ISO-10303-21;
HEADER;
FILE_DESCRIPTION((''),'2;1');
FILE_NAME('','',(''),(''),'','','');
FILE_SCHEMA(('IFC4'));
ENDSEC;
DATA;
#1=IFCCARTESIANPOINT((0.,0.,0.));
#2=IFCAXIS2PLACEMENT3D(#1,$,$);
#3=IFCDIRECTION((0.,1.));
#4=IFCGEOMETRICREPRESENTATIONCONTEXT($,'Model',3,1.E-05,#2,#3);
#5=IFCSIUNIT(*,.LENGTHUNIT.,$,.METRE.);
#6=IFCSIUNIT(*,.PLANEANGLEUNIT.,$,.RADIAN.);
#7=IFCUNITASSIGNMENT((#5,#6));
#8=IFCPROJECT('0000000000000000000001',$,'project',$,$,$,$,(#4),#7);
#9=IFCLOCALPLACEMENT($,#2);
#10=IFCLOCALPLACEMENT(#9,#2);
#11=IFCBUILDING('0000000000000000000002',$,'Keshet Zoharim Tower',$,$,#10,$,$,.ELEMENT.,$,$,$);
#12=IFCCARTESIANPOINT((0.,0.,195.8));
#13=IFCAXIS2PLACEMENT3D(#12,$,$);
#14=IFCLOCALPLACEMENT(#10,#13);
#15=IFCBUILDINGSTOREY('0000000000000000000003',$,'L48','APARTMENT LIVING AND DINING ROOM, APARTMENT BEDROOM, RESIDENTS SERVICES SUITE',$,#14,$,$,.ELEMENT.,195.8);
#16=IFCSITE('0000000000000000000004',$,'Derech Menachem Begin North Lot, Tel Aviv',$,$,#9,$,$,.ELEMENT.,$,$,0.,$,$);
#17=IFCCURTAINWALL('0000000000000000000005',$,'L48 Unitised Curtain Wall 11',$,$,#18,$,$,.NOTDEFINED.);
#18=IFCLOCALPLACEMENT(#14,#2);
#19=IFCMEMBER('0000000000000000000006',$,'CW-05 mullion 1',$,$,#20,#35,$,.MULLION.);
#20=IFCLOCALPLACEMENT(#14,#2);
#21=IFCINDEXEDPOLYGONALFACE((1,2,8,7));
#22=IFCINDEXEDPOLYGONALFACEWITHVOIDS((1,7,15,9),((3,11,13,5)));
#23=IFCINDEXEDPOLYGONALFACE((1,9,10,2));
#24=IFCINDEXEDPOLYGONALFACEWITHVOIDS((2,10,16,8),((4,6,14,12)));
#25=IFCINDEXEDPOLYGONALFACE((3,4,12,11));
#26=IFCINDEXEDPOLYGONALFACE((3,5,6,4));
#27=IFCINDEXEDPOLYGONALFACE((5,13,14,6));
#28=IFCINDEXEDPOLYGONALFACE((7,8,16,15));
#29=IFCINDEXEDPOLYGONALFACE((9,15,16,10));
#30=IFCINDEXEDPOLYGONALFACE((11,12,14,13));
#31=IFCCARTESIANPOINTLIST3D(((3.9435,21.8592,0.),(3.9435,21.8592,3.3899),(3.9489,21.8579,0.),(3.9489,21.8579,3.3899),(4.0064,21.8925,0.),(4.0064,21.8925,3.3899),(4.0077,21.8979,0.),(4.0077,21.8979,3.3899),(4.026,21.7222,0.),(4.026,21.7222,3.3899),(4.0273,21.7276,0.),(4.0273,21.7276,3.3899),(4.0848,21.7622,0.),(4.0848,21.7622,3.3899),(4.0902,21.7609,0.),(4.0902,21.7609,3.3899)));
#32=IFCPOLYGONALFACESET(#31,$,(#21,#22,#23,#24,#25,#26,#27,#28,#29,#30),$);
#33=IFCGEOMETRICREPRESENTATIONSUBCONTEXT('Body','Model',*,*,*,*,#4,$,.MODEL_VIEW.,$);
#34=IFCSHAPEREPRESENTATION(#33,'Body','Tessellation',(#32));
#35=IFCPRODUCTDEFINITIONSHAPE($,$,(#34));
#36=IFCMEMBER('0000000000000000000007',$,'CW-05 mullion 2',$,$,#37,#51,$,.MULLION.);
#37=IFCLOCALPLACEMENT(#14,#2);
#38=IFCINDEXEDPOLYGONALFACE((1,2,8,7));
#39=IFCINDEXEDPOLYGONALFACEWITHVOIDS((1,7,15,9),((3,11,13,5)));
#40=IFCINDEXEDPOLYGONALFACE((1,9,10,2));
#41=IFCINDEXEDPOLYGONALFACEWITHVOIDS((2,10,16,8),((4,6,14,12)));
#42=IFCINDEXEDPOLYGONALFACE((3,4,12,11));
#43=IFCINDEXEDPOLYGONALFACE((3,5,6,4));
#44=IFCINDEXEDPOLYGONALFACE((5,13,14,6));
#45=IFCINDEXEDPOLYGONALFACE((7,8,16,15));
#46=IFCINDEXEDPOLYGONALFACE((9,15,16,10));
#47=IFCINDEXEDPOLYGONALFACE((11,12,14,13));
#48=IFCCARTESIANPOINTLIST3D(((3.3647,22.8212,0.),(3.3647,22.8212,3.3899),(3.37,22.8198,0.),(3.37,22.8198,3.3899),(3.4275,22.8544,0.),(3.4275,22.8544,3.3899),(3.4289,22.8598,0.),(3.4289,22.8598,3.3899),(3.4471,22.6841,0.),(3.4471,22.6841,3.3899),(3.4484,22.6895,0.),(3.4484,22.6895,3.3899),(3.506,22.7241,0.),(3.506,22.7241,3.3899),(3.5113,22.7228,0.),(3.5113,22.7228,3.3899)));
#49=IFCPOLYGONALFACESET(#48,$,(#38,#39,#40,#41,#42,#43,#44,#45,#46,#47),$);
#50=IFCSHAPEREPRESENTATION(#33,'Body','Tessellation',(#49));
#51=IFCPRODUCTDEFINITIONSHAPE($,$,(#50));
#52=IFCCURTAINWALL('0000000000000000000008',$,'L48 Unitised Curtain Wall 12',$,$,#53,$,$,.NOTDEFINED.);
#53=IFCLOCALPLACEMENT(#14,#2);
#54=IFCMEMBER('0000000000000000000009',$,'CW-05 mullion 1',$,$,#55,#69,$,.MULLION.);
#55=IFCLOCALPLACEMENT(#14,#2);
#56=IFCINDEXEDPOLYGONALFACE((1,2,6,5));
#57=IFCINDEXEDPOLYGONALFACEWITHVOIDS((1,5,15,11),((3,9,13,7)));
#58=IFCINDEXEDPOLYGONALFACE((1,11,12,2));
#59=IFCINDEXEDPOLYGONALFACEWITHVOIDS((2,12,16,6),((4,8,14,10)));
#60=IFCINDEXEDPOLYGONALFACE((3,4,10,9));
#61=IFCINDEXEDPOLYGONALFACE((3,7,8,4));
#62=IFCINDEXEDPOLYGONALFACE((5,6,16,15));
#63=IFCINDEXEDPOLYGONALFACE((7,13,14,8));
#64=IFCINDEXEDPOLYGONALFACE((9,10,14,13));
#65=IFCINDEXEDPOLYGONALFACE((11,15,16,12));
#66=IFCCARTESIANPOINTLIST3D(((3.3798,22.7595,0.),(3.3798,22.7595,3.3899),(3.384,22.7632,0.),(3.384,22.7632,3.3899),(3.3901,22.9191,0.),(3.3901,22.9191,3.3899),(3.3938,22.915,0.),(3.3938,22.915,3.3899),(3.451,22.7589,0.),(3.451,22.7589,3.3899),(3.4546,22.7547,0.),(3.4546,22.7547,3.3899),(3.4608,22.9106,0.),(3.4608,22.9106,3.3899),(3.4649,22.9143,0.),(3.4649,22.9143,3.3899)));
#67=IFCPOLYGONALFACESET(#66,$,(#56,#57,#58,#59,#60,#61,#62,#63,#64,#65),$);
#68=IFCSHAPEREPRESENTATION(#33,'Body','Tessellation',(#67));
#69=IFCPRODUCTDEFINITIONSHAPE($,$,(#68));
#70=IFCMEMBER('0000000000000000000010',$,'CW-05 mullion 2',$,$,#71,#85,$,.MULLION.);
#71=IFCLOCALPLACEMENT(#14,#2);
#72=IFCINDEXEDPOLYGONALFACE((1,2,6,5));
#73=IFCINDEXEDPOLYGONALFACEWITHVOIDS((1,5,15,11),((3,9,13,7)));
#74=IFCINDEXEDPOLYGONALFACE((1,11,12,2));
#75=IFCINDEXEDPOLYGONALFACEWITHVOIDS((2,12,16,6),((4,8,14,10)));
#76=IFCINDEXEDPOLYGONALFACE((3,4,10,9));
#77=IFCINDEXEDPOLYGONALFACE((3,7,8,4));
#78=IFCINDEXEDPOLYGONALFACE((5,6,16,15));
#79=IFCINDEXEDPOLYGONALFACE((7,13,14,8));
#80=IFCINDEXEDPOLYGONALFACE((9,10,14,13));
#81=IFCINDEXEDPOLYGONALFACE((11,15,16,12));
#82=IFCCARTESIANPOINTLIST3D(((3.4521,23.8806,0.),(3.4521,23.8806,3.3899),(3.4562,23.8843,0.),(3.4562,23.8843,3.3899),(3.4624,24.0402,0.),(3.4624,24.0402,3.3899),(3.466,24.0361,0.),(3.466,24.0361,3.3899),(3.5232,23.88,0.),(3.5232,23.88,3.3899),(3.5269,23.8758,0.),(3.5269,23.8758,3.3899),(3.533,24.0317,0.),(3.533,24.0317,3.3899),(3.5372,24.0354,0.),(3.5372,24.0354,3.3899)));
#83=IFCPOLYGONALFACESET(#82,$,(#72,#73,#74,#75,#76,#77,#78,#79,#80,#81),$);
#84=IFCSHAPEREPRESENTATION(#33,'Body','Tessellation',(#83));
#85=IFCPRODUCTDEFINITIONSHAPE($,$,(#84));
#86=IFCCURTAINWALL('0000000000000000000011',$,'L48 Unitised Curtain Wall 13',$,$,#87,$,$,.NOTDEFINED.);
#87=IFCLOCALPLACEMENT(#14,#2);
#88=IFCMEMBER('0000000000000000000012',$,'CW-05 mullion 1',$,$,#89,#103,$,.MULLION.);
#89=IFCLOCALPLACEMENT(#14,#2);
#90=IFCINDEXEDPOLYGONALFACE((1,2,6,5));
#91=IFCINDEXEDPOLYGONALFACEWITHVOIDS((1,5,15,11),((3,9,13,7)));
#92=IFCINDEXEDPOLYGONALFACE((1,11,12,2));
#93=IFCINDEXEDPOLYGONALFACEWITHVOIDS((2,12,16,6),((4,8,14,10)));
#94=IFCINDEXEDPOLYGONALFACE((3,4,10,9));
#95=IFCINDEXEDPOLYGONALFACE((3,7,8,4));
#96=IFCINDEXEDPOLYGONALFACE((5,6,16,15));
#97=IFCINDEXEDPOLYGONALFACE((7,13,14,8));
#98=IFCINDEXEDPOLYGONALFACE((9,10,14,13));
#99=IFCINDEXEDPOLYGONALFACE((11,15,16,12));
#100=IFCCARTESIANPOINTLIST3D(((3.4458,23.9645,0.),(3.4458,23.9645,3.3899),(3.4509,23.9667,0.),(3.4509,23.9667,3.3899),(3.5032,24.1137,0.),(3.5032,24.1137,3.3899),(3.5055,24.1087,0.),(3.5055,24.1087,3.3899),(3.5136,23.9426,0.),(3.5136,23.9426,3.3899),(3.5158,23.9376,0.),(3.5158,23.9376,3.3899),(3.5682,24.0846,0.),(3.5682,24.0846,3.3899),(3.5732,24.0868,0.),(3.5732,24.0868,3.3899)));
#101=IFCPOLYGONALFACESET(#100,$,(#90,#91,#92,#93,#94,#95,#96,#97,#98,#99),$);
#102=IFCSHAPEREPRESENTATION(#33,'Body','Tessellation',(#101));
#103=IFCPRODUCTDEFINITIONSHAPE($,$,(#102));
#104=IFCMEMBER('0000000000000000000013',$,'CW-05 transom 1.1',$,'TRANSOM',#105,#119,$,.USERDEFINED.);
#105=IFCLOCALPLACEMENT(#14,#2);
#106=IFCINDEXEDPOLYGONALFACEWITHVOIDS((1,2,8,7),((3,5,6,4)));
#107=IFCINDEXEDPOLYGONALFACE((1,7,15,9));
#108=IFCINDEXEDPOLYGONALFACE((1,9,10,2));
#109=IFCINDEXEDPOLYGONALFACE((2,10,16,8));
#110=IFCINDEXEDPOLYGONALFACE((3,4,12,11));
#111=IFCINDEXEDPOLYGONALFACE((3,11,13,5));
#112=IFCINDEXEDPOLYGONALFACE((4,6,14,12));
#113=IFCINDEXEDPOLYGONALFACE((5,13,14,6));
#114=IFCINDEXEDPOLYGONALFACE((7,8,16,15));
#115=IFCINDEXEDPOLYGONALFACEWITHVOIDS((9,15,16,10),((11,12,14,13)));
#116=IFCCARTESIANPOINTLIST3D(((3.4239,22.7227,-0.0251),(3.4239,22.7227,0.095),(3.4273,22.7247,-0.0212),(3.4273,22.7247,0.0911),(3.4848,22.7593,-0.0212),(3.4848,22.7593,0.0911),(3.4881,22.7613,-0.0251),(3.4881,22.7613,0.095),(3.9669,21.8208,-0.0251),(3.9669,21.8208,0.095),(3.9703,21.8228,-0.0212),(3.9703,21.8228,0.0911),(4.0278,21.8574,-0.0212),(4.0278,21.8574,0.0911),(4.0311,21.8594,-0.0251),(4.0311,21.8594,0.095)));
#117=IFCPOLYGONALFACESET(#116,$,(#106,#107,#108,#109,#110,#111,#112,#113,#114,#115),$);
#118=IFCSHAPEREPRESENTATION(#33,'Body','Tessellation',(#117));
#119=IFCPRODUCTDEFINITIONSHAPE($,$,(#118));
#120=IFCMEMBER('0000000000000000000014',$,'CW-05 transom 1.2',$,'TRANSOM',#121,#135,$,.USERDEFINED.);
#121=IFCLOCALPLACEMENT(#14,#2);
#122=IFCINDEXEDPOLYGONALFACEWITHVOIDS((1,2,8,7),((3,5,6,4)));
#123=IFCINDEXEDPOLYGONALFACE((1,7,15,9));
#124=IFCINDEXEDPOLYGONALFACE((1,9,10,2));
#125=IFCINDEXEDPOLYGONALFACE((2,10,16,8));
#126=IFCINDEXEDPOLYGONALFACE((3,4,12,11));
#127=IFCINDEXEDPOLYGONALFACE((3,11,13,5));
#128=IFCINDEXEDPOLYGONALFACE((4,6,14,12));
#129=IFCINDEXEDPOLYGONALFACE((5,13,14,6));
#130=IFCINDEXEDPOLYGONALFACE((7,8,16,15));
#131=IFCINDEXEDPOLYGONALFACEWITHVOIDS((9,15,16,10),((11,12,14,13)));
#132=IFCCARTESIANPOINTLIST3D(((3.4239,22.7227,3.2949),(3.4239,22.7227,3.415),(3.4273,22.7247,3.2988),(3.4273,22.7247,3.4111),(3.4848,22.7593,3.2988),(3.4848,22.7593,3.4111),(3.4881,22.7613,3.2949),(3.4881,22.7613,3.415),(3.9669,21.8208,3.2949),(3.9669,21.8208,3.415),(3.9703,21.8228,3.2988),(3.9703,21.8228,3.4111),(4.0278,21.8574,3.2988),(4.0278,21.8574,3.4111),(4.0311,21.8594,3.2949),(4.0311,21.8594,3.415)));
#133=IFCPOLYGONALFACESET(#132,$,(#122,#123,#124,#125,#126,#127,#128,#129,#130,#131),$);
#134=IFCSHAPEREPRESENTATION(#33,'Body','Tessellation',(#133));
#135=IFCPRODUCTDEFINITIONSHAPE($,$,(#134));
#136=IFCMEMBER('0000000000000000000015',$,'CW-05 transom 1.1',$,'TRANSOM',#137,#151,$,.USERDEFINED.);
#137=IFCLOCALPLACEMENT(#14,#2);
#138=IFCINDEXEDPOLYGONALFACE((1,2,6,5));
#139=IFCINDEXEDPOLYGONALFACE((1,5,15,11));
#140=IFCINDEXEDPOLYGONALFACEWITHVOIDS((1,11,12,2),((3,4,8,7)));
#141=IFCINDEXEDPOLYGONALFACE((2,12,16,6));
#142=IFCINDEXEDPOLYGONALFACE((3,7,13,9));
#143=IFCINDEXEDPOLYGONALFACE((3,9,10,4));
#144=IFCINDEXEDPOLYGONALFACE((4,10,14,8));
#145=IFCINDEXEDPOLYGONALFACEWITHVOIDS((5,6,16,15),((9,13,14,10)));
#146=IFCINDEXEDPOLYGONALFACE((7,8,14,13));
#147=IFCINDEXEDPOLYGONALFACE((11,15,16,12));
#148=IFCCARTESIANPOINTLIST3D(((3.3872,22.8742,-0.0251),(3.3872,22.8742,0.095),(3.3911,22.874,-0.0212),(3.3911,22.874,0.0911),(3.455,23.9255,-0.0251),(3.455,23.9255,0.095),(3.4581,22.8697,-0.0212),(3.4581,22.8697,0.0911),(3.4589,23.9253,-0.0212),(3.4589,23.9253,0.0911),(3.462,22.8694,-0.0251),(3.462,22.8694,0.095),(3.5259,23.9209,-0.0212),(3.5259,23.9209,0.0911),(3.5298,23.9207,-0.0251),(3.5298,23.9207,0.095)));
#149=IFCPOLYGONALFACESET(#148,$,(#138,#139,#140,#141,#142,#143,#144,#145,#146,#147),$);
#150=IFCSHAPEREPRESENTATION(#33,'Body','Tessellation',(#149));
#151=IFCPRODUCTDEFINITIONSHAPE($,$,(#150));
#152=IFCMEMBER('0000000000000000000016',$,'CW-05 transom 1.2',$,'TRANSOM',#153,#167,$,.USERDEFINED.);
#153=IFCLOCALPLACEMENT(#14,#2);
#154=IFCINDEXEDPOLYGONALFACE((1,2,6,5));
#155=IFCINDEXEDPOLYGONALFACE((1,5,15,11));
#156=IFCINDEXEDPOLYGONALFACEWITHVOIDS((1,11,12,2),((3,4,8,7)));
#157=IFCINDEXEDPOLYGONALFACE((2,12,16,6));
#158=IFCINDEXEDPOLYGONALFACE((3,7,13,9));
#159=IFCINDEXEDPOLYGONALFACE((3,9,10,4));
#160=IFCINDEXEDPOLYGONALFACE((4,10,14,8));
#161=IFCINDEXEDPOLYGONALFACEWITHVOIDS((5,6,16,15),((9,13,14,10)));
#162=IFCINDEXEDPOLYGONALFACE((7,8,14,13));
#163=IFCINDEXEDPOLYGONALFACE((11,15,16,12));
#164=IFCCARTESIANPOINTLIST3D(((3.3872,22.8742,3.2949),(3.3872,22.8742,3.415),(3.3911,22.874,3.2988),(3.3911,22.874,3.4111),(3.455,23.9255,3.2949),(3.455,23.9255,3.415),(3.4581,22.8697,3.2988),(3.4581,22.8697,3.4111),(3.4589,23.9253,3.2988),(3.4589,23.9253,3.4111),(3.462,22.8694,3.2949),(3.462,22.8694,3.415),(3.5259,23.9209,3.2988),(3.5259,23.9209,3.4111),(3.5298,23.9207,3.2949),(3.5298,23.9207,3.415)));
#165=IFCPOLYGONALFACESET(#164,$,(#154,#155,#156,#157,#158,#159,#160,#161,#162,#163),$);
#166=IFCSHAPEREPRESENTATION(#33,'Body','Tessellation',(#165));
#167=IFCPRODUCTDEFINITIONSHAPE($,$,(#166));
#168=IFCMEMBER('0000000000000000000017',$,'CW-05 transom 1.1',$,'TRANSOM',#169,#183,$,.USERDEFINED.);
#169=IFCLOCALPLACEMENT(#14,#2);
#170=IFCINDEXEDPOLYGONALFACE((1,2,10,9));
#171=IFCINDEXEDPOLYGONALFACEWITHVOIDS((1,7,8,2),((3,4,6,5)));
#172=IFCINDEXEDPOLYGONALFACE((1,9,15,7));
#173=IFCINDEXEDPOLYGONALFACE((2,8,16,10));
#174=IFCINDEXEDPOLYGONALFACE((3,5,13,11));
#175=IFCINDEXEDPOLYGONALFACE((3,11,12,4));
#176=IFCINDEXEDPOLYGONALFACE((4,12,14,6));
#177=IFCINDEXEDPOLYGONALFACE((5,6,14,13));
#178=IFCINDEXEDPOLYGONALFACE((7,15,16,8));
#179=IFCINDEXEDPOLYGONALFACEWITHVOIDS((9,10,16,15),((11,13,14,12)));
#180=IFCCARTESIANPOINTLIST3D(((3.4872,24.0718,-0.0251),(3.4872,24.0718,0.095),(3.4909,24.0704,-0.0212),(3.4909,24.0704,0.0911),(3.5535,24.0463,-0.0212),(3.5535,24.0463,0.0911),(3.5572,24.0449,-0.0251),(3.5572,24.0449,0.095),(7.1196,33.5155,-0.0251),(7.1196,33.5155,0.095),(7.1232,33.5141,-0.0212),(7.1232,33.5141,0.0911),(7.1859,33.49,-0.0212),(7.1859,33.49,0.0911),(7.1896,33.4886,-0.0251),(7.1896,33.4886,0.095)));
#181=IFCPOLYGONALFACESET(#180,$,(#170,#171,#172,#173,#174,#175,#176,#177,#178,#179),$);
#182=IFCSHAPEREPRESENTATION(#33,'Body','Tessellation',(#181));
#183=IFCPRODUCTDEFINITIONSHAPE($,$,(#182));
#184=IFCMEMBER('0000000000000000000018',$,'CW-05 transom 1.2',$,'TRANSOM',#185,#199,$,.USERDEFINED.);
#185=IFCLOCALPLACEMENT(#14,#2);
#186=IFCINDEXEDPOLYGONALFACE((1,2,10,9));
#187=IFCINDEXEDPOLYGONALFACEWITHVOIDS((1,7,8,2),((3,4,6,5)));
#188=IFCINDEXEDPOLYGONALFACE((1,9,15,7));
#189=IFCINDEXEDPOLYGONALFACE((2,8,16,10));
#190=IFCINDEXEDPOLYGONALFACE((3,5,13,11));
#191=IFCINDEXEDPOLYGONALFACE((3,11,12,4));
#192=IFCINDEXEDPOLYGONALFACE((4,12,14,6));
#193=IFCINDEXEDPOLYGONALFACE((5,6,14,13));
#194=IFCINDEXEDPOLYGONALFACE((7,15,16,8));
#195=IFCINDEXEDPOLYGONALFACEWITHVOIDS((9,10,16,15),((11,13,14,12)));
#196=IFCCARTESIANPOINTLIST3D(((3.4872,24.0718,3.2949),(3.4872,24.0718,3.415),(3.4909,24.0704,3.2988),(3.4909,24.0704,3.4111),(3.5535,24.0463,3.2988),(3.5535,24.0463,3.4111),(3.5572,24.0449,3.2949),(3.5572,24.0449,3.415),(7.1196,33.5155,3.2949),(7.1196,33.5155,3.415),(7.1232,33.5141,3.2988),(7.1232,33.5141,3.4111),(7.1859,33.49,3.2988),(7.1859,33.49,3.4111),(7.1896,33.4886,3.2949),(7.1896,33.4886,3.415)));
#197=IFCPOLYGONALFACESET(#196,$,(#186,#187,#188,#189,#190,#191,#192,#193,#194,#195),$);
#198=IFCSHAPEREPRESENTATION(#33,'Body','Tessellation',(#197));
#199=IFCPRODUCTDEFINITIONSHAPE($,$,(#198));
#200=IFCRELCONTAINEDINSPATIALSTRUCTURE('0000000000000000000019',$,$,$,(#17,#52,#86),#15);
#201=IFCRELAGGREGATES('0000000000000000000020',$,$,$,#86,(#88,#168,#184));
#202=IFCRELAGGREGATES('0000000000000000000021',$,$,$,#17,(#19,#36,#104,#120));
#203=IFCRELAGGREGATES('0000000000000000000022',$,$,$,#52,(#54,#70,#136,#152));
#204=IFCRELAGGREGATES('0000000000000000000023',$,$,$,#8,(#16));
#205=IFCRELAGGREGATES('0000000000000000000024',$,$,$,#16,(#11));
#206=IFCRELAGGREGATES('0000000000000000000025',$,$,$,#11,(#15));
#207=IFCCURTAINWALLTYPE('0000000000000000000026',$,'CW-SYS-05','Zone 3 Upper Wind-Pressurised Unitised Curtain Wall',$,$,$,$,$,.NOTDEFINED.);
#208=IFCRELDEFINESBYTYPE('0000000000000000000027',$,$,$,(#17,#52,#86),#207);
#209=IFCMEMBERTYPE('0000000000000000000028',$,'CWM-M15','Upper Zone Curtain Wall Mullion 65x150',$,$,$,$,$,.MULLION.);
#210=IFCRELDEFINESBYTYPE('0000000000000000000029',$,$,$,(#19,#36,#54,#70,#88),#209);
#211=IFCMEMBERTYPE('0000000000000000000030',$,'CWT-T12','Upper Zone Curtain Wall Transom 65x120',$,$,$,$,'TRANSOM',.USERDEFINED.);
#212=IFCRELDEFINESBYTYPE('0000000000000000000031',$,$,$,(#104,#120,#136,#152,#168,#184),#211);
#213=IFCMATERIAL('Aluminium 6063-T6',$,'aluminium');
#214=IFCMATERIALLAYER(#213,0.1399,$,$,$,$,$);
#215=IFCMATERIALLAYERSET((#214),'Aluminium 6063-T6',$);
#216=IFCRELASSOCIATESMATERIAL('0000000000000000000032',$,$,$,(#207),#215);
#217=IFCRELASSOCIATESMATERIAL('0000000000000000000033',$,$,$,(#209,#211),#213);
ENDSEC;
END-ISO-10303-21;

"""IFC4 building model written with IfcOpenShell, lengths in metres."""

from ifc_helpers import new_model, si_unit, direction, frame, origin, origin_2d, place, context, subcontext, project, spatial, hollow_rectangle, extrude, material, layer, layer_set, material_profile, profile_set, type_object, element, aggregate, save


model = new_model("IFC4")

# Units and contexts
model_context = context("Model", 3, precision=1e-05, world=origin(), true_north=direction((0.0, 1.0)))
body_context = subcontext(model_context, "Body", "Model", "MODEL_VIEW")
ifc_project = project(units=[si_unit("LENGTHUNIT", "METRE"), si_unit("PLANEANGLEUNIT", "RADIAN")], contexts=[model_context])

# Site, building, storey
site_placement = place(None, origin())
site = spatial("IfcSite", under=ifc_project, at=site_placement, Name="Derech Menachem Begin North Lot, Tel Aviv", CompositionType="ELEMENT", RefElevation=0.0)
building_placement = place(site_placement, origin())
building = spatial("IfcBuilding", under=site, at=building_placement, Name="Keshet Zoharim Tower", CompositionType="ELEMENT")
storey_placement = place(building_placement, frame((0.0, 0.0, 195.8)))
storey = spatial("IfcBuildingStorey", under=building, at=storey_placement, Name="L48", Description="APARTMENT LIVING AND DINING ROOM, APARTMENT BEDROOM, RESIDENTS SERVICES SUITE", CompositionType="ELEMENT", Elevation=195.8)

# Shared definitions
ifc_material_1 = material(Name="Aluminium 6063-T6", Category="aluminium")
ifc_layer_1 = layer(ifc_material_1, 0.1399)
ifc_layer_set_1 = layer_set([ifc_layer_1], Name="Aluminium 6063-T6")
curtain_wall_type = type_object("IfcCurtainWallType", Name="CW-SYS-05", Description="Zone 3 Upper Wind-Pressurised Unitised Curtain Wall", PredefinedType="NOTDEFINED", material=ifc_layer_set_1)
ifc_material_profile_1 = material_profile(ifc_material_1, hollow_rectangle(XDim=0.075, YDim=0.1599, WallThickness=0.0039, at=origin_2d()), Name="MUL-75x160")
ifc_profile_set_1 = profile_set([ifc_material_profile_1], Name="Aluminium 6063-T6")
member_type_1 = type_object("IfcMemberType", Name="CWM-M15", Description="Upper Zone Curtain Wall Mullion 65x150", PredefinedType="MULLION", material=ifc_profile_set_1)

# Curtain walls, members
curtain_wall_1_placement = place(storey_placement, origin())
curtain_wall_1 = element("IfcCurtainWall", 1, at=curtain_wall_1_placement, inside=storey, type_object=curtain_wall_type, Name="L48 Unitised Curtain Wall 11", PredefinedType="NOTDEFINED")
member_1_placement = place(storey_placement, frame((4.0168, 21.8101, 0.0), z_axis=(0.0, 0.0, 1.0), x_axis=(-0.856826, -0.515605, 0.0)))
member_1 = element("IfcMember", 2, at=member_1_placement, type_object=member_type_1, Name="CW-05 mullion 1", PredefinedType="MULLION", context=body_context, shape_type="SweptSolid", body=[
    extrude(hollow_rectangle(XDim=0.075, YDim=0.1599, WallThickness=0.0039, at=origin_2d()), origin(), (0.0, 0.0, 1.0), 3.3899),
])
member_2_placement = place(storey_placement, frame((3.438, 22.772, 0.0), z_axis=(0.0, 0.0, 1.0), x_axis=(-0.856826, -0.515605, 0.0)))
member_2 = element("IfcMember", 3, at=member_2_placement, type_object=member_type_1, Name="CW-05 mullion 2", PredefinedType="MULLION", context=body_context, shape_type="SweptSolid", body=[
    extrude(hollow_rectangle(XDim=0.075, YDim=0.1599, WallThickness=0.0039, at=origin_2d()), origin(), (0.0, 0.0, 1.0), 3.3899),
])
curtain_wall_2_placement = place(storey_placement, origin())
curtain_wall_2 = element("IfcCurtainWall", 4, at=curtain_wall_2_placement, inside=storey, type_object=curtain_wall_type, Name="L48 Unitised Curtain Wall 12", PredefinedType="NOTDEFINED")
member_3_placement = place(storey_placement, frame((3.4224, 22.8369, 0.0), z_axis=(0.0, 0.0, 1.0), x_axis=(-0.997917, 0.064517, 0.0)))
member_3 = element("IfcMember", 5, at=member_3_placement, type_object=member_type_1, Name="CW-05 mullion 1", PredefinedType="MULLION", context=body_context, shape_type="SweptSolid", body=[
    extrude(hollow_rectangle(XDim=0.075, YDim=0.1599, WallThickness=0.0039, at=origin_2d()), origin(), (0.0, 0.0, 1.0), 3.3899),
])
member_4_placement = place(storey_placement, frame((3.4946, 23.958, 0.0), z_axis=(0.0, 0.0, 1.0), x_axis=(-0.997917, 0.064517, 0.0)))
member_4 = element("IfcMember", 6, at=member_4_placement, type_object=member_type_1, Name="CW-05 mullion 2", PredefinedType="MULLION", context=body_context, shape_type="SweptSolid", body=[
    extrude(hollow_rectangle(XDim=0.075, YDim=0.1599, WallThickness=0.0039, at=origin_2d()), origin(), (0.0, 0.0, 1.0), 3.3899),
])

# Curtain wall, member
curtain_wall_3_placement = place(storey_placement, origin())
curtain_wall_3 = element("IfcCurtainWall", 7, at=curtain_wall_3_placement, inside=storey, type_object=curtain_wall_type, Name="L48 Unitised Curtain Wall 13", PredefinedType="NOTDEFINED")
member_5_placement = place(storey_placement, frame((3.5095, 24.0256, 0.0), z_axis=(0.0, 0.0, 1.0), x_axis=(-0.933341, 0.35899, 0.0)))
member_5 = element("IfcMember", 8, at=member_5_placement, type_object=member_type_1, Name="CW-05 mullion 1", PredefinedType="MULLION", context=body_context, shape_type="SweptSolid", body=[
    extrude(hollow_rectangle(XDim=0.075, YDim=0.1599, WallThickness=0.0039, at=origin_2d()), origin(), (0.0, 0.0, 1.0), 3.3899),
])

# Members
ifc_material_profile_2 = material_profile(ifc_material_1, hollow_rectangle(XDim=0.075, YDim=0.1201, WallThickness=0.0039, at=origin_2d()), Name="TRN-75x120")
ifc_profile_set_2 = profile_set([ifc_material_profile_2], Name="Aluminium 6063-T6")
member_type_2 = type_object("IfcMemberType", Name="CWT-T12", Description="Upper Zone Curtain Wall Transom 65x120", ElementType="TRANSOM", PredefinedType="USERDEFINED", material=ifc_profile_set_2)
member_6_placement = place(storey_placement, frame((3.999, 21.8401, 0.0349), z_axis=(-0.515791, 0.856714, 0.0), x_axis=(-0.856714, -0.515791, 0.0)))
member_6 = element("IfcMember", 9, at=member_6_placement, type_object=member_type_2, Name="CW-05 transom 1.1", ObjectType="TRANSOM", PredefinedType="USERDEFINED", context=body_context, shape_type="SweptSolid", body=[
    extrude(hollow_rectangle(XDim=0.075, YDim=0.1201, WallThickness=0.0039, at=origin_2d()), origin(), (0.0, 0.0, 1.0), 1.0527),
])
member_7_placement = place(storey_placement, frame((3.999, 21.8401, 3.355), z_axis=(-0.515791, 0.856714, 0.0), x_axis=(-0.856714, -0.515791, 0.0)))
member_7 = element("IfcMember", 10, at=member_7_placement, type_object=member_type_2, Name="CW-05 transom 1.2", ObjectType="TRANSOM", PredefinedType="USERDEFINED", context=body_context, shape_type="SweptSolid", body=[
    extrude(hollow_rectangle(XDim=0.075, YDim=0.1201, WallThickness=0.0039, at=origin_2d()), origin(), (0.0, 0.0, 1.0), 1.0527),
])
member_8_placement = place(storey_placement, frame((3.4246, 22.8718, 0.0349), z_axis=(0.064427, 0.997922, 0.0), x_axis=(-0.997922, 0.064427, 0.0)))
member_8 = element("IfcMember", 11, at=member_8_placement, type_object=member_type_2, Name="CW-05 transom 1.1", ObjectType="TRANSOM", PredefinedType="USERDEFINED", context=body_context, shape_type="SweptSolid", body=[
    extrude(hollow_rectangle(XDim=0.075, YDim=0.1201, WallThickness=0.0039, at=origin_2d()), origin(), (0.0, 0.0, 1.0), 1.0535),
])
member_9_placement = place(storey_placement, frame((3.4246, 22.8718, 3.355), z_axis=(0.064427, 0.997922, 0.0), x_axis=(-0.997922, 0.064427, 0.0)))
member_9 = element("IfcMember", 12, at=member_9_placement, type_object=member_type_2, Name="CW-05 transom 1.2", ObjectType="TRANSOM", PredefinedType="USERDEFINED", context=body_context, shape_type="SweptSolid", body=[
    extrude(hollow_rectangle(XDim=0.075, YDim=0.1201, WallThickness=0.0039, at=origin_2d()), origin(), (0.0, 0.0, 1.0), 1.0535),
])
member_10_placement = place(storey_placement, frame((3.5222, 24.0583, 0.0349), z_axis=(0.358994, 0.93334, 0.0), x_axis=(-0.93334, 0.358994, 0.0)))
member_10 = element("IfcMember", 13, at=member_10_placement, type_object=member_type_2, Name="CW-05 transom 1.1", ObjectType="TRANSOM", PredefinedType="USERDEFINED", context=body_context, shape_type="SweptSolid", body=[
    extrude(hollow_rectangle(XDim=0.075, YDim=0.1201, WallThickness=0.0039, at=origin_2d()), origin(), (0.0, 0.0, 1.0), 10.1182),
])
member_11_placement = place(storey_placement, frame((3.5222, 24.0583, 3.355), z_axis=(0.358994, 0.93334, 0.0), x_axis=(-0.93334, 0.358994, 0.0)))
member_11 = element("IfcMember", 14, at=member_11_placement, type_object=member_type_2, Name="CW-05 transom 1.2", ObjectType="TRANSOM", PredefinedType="USERDEFINED", context=body_context, shape_type="SweptSolid", body=[
    extrude(hollow_rectangle(XDim=0.075, YDim=0.1201, WallThickness=0.0039, at=origin_2d()), origin(), (0.0, 0.0, 1.0), 10.1182),
])
aggregate(curtain_wall_3, [member_5, member_10, member_11])

aggregate(curtain_wall_1, [member_1, member_2, member_6, member_7])
aggregate(curtain_wall_2, [member_3, member_4, member_8, member_9])

save(model, "model.ifc")
